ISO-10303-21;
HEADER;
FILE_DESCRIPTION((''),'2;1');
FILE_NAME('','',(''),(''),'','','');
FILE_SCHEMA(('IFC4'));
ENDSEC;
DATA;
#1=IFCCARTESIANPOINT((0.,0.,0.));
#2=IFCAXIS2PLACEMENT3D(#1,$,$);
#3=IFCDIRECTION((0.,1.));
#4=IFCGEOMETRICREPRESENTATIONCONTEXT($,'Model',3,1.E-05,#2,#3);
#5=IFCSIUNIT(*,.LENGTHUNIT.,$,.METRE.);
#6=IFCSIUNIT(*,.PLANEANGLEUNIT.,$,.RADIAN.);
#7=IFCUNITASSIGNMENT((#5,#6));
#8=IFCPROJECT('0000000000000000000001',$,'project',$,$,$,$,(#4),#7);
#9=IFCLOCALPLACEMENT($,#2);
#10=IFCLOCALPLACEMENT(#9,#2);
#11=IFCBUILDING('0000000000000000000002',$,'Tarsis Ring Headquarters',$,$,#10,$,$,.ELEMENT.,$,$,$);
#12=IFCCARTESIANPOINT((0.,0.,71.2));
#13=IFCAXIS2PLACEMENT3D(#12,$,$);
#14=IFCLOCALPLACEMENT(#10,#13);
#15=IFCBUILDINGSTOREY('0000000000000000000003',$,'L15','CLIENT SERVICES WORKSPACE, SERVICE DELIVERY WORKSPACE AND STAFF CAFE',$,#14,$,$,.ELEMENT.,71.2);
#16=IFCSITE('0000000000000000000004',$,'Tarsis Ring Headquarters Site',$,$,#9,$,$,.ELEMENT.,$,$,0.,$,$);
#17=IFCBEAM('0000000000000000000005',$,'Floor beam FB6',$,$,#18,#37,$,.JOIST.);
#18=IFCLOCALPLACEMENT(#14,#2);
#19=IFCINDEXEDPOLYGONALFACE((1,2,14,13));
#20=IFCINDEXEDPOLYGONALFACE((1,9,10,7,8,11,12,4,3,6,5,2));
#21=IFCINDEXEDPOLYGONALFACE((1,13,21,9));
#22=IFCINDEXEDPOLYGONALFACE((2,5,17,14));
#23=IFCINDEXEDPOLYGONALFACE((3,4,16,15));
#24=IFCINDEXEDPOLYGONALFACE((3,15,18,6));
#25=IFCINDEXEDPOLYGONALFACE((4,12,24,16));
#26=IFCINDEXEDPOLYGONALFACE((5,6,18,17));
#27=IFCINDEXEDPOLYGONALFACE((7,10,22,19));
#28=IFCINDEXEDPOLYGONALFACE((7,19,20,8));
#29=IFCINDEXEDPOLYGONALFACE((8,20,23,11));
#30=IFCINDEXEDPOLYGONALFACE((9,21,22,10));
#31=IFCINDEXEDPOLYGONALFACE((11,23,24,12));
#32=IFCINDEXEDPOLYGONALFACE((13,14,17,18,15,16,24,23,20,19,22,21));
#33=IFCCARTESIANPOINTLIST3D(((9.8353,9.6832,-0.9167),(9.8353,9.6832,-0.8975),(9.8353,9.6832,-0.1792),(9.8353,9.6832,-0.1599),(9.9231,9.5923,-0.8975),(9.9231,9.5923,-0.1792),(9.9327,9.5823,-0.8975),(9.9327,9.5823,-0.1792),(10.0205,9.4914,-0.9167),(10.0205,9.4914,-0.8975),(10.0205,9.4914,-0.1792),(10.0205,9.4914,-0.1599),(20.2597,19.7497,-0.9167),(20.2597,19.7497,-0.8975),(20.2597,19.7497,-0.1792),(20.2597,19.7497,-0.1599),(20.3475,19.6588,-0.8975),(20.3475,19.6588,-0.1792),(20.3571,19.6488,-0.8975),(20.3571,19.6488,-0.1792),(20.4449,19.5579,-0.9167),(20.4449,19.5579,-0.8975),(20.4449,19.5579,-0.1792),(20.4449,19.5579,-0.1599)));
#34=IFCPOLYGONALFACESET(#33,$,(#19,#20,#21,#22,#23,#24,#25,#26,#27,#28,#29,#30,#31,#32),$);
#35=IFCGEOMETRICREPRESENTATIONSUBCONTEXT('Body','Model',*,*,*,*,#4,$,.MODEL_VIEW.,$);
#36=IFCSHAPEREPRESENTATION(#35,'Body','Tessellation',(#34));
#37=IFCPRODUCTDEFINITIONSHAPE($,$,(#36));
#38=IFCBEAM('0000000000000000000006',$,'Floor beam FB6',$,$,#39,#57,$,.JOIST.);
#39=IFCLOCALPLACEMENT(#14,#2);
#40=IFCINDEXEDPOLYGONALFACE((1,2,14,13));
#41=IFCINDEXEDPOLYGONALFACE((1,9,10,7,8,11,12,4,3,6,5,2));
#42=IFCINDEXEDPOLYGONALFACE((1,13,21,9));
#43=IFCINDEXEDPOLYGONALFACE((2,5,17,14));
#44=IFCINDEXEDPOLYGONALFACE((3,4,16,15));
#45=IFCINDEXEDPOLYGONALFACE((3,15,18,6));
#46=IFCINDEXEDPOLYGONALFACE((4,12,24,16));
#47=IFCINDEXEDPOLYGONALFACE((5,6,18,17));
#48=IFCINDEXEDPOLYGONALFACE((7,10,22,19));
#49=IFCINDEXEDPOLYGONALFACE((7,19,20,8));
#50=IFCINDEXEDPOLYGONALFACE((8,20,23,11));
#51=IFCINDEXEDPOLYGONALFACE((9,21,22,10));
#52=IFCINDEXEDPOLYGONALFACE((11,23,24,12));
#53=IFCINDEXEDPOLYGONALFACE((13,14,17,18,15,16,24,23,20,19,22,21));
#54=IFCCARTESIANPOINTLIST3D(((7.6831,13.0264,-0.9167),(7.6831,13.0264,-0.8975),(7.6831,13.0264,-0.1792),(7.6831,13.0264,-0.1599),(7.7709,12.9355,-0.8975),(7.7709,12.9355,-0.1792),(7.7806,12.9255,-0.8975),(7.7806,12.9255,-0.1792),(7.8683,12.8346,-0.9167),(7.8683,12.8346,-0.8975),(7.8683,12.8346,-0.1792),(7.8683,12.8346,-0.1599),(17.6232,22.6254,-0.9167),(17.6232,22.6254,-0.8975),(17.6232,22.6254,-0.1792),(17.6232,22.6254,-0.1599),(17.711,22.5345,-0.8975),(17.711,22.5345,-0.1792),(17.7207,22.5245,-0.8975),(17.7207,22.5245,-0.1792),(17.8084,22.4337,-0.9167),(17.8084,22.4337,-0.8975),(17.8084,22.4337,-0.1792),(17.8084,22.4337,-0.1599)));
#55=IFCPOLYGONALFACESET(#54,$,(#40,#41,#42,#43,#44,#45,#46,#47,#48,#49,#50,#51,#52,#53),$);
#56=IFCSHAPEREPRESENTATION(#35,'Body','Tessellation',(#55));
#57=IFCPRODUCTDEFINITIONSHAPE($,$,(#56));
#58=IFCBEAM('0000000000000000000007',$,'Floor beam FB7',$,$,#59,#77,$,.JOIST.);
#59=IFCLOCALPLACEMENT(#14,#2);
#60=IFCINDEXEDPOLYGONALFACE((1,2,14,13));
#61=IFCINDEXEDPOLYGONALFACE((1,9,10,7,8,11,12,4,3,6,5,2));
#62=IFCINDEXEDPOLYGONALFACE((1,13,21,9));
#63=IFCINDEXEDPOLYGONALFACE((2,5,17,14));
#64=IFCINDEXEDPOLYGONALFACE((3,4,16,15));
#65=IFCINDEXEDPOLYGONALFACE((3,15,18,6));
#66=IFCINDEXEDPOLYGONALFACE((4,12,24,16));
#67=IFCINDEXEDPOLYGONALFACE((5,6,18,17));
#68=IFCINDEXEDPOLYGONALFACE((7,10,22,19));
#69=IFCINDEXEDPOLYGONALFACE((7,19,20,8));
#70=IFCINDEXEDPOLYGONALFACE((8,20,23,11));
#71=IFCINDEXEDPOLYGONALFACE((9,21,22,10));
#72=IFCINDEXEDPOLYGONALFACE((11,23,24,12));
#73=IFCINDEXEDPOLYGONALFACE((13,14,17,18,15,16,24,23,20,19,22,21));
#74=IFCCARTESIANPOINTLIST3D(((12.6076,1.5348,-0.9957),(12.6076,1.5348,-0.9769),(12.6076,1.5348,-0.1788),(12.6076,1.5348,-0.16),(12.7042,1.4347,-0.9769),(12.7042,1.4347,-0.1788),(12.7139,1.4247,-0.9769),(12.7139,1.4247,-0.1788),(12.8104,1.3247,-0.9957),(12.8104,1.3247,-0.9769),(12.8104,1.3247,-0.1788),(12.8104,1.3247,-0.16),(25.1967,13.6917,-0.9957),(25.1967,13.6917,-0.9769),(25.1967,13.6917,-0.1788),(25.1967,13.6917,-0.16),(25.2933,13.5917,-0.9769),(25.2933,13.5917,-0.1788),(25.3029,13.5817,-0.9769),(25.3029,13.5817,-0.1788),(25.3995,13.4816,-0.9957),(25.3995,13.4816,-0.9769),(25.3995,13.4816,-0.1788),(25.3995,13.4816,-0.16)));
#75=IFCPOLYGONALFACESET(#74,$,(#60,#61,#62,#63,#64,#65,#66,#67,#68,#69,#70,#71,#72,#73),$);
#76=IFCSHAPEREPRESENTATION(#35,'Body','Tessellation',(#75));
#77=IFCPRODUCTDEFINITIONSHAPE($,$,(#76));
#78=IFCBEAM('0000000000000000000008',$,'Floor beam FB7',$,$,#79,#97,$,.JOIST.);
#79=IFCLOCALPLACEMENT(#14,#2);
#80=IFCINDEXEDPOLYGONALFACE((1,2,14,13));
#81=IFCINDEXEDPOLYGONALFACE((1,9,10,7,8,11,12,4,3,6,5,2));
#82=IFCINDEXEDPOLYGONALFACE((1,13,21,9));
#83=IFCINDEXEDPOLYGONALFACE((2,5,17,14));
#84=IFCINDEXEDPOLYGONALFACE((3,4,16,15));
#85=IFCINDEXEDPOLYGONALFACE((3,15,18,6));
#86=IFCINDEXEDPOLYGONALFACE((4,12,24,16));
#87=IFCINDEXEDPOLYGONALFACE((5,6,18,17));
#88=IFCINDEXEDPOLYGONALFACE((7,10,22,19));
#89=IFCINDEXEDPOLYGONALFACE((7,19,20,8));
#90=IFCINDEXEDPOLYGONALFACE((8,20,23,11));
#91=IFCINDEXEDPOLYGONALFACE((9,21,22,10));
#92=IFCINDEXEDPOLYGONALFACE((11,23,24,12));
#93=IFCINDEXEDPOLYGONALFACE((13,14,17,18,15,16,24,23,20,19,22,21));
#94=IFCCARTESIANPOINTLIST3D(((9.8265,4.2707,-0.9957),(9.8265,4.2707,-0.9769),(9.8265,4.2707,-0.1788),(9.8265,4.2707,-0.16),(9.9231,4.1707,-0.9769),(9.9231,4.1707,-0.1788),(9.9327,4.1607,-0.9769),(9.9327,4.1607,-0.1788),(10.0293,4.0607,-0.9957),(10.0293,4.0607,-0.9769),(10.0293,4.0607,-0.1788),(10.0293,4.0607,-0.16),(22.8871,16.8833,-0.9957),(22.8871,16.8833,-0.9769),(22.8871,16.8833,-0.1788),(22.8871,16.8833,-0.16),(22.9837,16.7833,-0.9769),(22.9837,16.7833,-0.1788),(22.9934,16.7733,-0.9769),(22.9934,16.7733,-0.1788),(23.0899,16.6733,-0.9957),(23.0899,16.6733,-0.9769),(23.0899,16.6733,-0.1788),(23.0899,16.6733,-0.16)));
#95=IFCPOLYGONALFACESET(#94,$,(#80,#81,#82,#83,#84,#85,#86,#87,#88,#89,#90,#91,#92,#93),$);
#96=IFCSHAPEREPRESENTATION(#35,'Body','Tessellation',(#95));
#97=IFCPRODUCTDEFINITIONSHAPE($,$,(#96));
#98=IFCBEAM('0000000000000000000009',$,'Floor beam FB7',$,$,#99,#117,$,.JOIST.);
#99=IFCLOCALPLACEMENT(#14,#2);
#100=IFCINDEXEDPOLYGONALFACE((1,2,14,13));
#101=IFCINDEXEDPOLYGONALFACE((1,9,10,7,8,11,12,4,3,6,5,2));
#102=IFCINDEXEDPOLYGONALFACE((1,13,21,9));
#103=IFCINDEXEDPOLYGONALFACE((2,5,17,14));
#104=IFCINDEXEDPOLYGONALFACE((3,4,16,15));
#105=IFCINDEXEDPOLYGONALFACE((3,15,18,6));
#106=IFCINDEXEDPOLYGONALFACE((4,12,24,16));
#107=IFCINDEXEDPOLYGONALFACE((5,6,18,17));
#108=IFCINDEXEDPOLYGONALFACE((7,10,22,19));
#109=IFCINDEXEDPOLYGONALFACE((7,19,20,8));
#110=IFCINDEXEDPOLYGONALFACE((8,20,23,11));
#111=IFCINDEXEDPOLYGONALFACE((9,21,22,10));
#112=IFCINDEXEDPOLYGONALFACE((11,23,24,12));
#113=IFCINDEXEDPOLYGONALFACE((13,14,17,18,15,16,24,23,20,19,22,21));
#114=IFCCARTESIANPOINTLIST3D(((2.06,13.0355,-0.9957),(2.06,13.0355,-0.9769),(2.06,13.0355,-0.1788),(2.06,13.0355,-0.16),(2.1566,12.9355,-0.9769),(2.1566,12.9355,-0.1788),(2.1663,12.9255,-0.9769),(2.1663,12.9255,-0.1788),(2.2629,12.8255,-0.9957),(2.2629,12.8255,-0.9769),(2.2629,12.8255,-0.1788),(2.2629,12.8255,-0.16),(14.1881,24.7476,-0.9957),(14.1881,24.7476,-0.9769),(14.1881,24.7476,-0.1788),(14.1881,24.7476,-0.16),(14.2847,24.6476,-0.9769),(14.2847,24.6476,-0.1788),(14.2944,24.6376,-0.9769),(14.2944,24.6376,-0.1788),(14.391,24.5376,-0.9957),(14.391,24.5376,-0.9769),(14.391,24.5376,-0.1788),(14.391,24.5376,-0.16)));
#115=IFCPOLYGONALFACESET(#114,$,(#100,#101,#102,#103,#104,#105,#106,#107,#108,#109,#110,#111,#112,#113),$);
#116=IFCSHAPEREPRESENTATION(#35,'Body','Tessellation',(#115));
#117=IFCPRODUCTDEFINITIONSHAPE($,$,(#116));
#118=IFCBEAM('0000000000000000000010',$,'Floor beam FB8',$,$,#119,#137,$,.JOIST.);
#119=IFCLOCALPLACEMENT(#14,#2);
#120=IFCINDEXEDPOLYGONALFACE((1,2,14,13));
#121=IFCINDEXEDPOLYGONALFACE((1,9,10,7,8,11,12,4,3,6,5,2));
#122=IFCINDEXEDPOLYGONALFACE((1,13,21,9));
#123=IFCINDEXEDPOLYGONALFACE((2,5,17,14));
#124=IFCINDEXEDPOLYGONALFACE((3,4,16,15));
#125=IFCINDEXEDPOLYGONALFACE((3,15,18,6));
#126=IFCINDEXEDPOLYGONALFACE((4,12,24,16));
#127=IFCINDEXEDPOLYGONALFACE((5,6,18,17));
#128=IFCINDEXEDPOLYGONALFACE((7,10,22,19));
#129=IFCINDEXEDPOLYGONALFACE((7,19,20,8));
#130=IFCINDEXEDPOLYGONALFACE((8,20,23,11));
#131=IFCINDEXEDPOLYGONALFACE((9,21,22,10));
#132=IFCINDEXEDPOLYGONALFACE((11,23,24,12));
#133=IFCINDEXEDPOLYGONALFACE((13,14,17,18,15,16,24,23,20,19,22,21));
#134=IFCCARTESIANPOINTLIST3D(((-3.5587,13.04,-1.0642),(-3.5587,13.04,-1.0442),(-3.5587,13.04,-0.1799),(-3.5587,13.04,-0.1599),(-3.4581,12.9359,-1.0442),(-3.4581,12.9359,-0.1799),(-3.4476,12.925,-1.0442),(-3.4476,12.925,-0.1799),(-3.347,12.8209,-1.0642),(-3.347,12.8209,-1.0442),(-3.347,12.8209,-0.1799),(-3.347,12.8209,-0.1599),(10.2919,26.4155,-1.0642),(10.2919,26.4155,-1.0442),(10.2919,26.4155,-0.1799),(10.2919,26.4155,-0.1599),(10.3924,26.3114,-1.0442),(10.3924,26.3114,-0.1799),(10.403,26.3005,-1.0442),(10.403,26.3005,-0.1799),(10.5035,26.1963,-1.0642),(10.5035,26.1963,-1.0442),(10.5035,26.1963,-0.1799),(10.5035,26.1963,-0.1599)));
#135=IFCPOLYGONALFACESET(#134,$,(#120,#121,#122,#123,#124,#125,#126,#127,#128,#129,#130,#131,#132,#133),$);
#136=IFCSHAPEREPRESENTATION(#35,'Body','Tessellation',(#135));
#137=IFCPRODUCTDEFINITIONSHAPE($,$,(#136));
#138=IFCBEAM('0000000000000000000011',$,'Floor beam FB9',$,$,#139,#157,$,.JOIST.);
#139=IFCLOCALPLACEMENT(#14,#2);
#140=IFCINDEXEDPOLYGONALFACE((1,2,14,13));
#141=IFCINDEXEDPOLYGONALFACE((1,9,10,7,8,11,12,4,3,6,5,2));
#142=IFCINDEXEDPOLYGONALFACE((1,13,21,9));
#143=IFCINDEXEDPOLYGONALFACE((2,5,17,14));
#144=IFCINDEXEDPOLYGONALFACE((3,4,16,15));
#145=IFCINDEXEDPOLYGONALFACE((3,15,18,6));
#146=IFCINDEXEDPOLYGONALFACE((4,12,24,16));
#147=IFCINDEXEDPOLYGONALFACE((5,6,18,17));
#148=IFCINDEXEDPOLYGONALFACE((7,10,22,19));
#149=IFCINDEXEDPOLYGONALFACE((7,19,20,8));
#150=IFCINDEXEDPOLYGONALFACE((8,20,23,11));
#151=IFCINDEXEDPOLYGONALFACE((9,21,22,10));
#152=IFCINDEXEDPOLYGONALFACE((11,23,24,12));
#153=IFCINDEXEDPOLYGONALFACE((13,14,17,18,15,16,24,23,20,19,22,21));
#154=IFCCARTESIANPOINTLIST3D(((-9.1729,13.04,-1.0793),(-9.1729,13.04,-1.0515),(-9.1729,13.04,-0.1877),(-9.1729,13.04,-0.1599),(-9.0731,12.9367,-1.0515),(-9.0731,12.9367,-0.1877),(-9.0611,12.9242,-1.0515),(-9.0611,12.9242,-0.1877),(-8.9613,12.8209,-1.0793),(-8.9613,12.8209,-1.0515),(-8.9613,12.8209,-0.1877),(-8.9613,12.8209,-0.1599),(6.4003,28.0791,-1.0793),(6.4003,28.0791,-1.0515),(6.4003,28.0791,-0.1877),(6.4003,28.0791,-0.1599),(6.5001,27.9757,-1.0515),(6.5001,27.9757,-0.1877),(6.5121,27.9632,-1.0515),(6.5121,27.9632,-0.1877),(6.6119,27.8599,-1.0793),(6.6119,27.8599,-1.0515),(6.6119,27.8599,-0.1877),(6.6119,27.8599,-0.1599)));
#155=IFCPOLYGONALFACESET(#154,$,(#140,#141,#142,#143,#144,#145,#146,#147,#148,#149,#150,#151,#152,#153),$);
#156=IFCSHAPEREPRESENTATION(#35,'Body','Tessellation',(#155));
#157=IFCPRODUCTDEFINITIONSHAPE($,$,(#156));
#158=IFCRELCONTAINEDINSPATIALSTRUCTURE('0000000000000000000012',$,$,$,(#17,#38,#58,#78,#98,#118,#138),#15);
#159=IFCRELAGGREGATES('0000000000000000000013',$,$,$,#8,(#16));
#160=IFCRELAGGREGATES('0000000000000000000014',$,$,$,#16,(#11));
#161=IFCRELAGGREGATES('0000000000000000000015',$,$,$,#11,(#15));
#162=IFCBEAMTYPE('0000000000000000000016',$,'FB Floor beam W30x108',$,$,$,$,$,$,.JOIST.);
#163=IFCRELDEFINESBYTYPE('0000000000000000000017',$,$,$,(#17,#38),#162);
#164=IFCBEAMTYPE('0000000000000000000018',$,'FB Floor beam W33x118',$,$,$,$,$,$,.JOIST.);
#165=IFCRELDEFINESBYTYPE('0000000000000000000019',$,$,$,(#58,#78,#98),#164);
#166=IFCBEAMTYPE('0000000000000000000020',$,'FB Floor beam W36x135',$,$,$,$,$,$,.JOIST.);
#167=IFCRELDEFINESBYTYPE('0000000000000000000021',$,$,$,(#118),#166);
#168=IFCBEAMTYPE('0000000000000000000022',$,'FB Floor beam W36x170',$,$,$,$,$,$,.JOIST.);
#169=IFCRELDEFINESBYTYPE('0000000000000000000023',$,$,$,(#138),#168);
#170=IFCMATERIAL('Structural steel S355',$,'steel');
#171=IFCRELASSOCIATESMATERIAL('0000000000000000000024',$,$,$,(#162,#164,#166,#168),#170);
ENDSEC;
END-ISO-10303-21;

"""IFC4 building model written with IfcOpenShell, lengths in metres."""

from ifc_helpers import new_model, si_unit, direction, frame, origin, origin_2d, place, context, subcontext, project, spatial, i_section, extrude, material, material_profile, profile_set, type_object, element, save


model = new_model("IFC4")

# Units and contexts
model_context = context("Model", 3, precision=1e-05, world=origin(), true_north=direction((0.0, 1.0)))
body_context = subcontext(model_context, "Body", "Model", "MODEL_VIEW")
ifc_project = project(units=[si_unit("LENGTHUNIT", "METRE"), si_unit("PLANEANGLEUNIT", "RADIAN")], contexts=[model_context])

# Site, building, storey
site_placement = place(None, origin())
site = spatial("IfcSite", under=ifc_project, at=site_placement, Name="Tarsis Ring Headquarters Site", CompositionType="ELEMENT", RefElevation=0.0)
building_placement = place(site_placement, origin())
building = spatial("IfcBuilding", under=site, at=building_placement, Name="Tarsis Ring Headquarters", CompositionType="ELEMENT")
storey_placement = place(building_placement, frame((0.0, 0.0, 71.2)))
storey = spatial("IfcBuildingStorey", under=building, at=storey_placement, Name="L15", Description="CLIENT SERVICES WORKSPACE, SERVICE DELIVERY WORKSPACE AND STAFF CAFE", CompositionType="ELEMENT", Elevation=71.2)

# Beams
ifc_material_1 = material(Name="Structural steel S355", Category="steel")
ifc_material_profile_1 = material_profile(ifc_material_1, i_section(OverallWidth=0.2666, OverallDepth=0.7568, WebThickness=0.0139, FlangeThickness=0.0193, at=origin_2d()), Name="W30x108")
ifc_profile_set_1 = profile_set([ifc_material_profile_1], Name="Structural steel S355")
beam_type_1 = type_object("IfcBeamType", Name="FB Floor beam W30x108", PredefinedType="JOIST", material=ifc_profile_set_1)
beam_1_placement = place(storey_placement, frame((20.3523, 19.6538, -0.5383), z_axis=(-0.719348, -0.69465, 0.0), x_axis=(0.69465, -0.719348, 0.0)))
element("IfcBeam", 1, at=beam_1_placement, inside=storey, type_object=beam_type_1, Name="Floor beam FB6", PredefinedType="JOIST", context=body_context, shape_type="SweptSolid", body=[
    extrude(i_section(OverallWidth=0.2666, OverallDepth=0.7568, WebThickness=0.0139, FlangeThickness=0.0193, at=origin_2d()), origin(), (0.0, 0.0, 1.0), 14.4915),
])
beam_2_placement = place(storey_placement, frame((17.7158, 22.5295, -0.5383), z_axis=(-0.71934, -0.694658, 0.0), x_axis=(0.694658, -0.71934, 0.0)))
element("IfcBeam", 2, at=beam_2_placement, inside=storey, type_object=beam_type_1, Name="Floor beam FB6", PredefinedType="JOIST", context=body_context, shape_type="SweptSolid", body=[
    extrude(i_section(OverallWidth=0.2666, OverallDepth=0.7568, WebThickness=0.0139, FlangeThickness=0.0193, at=origin_2d()), origin(), (0.0, 0.0, 1.0), 13.8184),
])
ifc_material_profile_2 = material_profile(ifc_material_1, i_section(OverallWidth=0.292, OverallDepth=0.8357, WebThickness=0.0139, FlangeThickness=0.0188, at=origin_2d()), Name="W33x118")
ifc_profile_set_2 = profile_set([ifc_material_profile_2], Name="Structural steel S355")
beam_type_2 = type_object("IfcBeamType", Name="FB Floor beam W33x118", PredefinedType="JOIST", material=ifc_profile_set_2)
beam_3_placement = place(storey_placement, frame((25.2981, 13.5867, -0.5779), z_axis=(-0.719345, -0.694653, 0.0), x_axis=(0.694653, -0.719345, 0.0)))
element("IfcBeam", 3, at=beam_3_placement, inside=storey, type_object=beam_type_2, Name="Floor beam FB7", PredefinedType="JOIST", context=body_context, shape_type="SweptSolid", body=[
    extrude(i_section(OverallWidth=0.292, OverallDepth=0.8357, WebThickness=0.0139, FlangeThickness=0.0188, at=origin_2d()), origin(), (0.0, 0.0, 1.0), 17.5007),
])
beam_4_placement = place(storey_placement, frame((22.9885, 16.7783, -0.5779), z_axis=(-0.719336, -0.694662, 0.0), x_axis=(0.694662, -0.719336, 0.0)))
element("IfcBeam", 4, at=beam_4_placement, inside=storey, type_object=beam_type_2, Name="Floor beam FB7", PredefinedType="JOIST", context=body_context, shape_type="SweptSolid", body=[
    extrude(i_section(OverallWidth=0.292, OverallDepth=0.8357, WebThickness=0.0139, FlangeThickness=0.0188, at=origin_2d()), origin(), (0.0, 0.0, 1.0), 18.1565),
])
beam_5_placement = place(storey_placement, frame((14.2896, 24.6426, -0.5779), z_axis=(-0.719336, -0.694662, 0.0), x_axis=(0.694662, -0.719336, 0.0)))
element("IfcBeam", 5, at=beam_5_placement, inside=storey, type_object=beam_type_2, Name="Floor beam FB7", PredefinedType="JOIST", context=body_context, shape_type="SweptSolid", body=[
    extrude(i_section(OverallWidth=0.292, OverallDepth=0.8357, WebThickness=0.0139, FlangeThickness=0.0188, at=origin_2d()), origin(), (0.0, 0.0, 1.0), 16.8601),
])
ifc_material_profile_3 = material_profile(ifc_material_1, i_section(OverallWidth=0.3047, OverallDepth=0.9043, WebThickness=0.0151, FlangeThickness=0.02, at=origin_2d()), Name="W36x135")
ifc_profile_set_3 = profile_set([ifc_material_profile_3], Name="Structural steel S355")
beam_type_3 = type_object("IfcBeamType", Name="FB Floor beam W36x135", PredefinedType="JOIST", material=ifc_profile_set_3)
beam_6_placement = place(storey_placement, frame((10.3977, 26.3059, -0.6121), z_axis=(-0.719336, -0.694662, 0.0), x_axis=(0.694662, -0.719336, 0.0)))
element("IfcBeam", 6, at=beam_6_placement, inside=storey, type_object=beam_type_3, Name="Floor beam FB8", PredefinedType="JOIST", context=body_context, shape_type="SweptSolid", body=[
    extrude(i_section(OverallWidth=0.3047, OverallDepth=0.9043, WebThickness=0.0151, FlangeThickness=0.02, at=origin_2d()), origin(), (0.0, 0.0, 1.0), 19.2546),
])
ifc_material_profile_4 = material_profile(ifc_material_1, i_section(OverallWidth=0.3047, OverallDepth=0.9194, WebThickness=0.0173, FlangeThickness=0.0278, at=origin_2d()), Name="W36x170")
ifc_profile_set_4 = profile_set([ifc_material_profile_4], Name="Structural steel S355")
beam_type_4 = type_object("IfcBeamType", Name="FB Floor beam W36x170", PredefinedType="JOIST", material=ifc_profile_set_4)
beam_7_placement = place(storey_placement, frame((6.5061, 27.9695, -0.6196), z_axis=(-0.719336, -0.694662, 0.0), x_axis=(0.694662, -0.719336, 0.0)))
element("IfcBeam", 7, at=beam_7_placement, inside=storey, type_object=beam_type_4, Name="Floor beam FB9", PredefinedType="JOIST", context=body_context, shape_type="SweptSolid", body=[
    extrude(i_section(OverallWidth=0.3047, OverallDepth=0.9194, WebThickness=0.0173, FlangeThickness=0.0278, at=origin_2d()), origin(), (0.0, 0.0, 1.0), 21.6494),
])

save(model, "model.ifc")
